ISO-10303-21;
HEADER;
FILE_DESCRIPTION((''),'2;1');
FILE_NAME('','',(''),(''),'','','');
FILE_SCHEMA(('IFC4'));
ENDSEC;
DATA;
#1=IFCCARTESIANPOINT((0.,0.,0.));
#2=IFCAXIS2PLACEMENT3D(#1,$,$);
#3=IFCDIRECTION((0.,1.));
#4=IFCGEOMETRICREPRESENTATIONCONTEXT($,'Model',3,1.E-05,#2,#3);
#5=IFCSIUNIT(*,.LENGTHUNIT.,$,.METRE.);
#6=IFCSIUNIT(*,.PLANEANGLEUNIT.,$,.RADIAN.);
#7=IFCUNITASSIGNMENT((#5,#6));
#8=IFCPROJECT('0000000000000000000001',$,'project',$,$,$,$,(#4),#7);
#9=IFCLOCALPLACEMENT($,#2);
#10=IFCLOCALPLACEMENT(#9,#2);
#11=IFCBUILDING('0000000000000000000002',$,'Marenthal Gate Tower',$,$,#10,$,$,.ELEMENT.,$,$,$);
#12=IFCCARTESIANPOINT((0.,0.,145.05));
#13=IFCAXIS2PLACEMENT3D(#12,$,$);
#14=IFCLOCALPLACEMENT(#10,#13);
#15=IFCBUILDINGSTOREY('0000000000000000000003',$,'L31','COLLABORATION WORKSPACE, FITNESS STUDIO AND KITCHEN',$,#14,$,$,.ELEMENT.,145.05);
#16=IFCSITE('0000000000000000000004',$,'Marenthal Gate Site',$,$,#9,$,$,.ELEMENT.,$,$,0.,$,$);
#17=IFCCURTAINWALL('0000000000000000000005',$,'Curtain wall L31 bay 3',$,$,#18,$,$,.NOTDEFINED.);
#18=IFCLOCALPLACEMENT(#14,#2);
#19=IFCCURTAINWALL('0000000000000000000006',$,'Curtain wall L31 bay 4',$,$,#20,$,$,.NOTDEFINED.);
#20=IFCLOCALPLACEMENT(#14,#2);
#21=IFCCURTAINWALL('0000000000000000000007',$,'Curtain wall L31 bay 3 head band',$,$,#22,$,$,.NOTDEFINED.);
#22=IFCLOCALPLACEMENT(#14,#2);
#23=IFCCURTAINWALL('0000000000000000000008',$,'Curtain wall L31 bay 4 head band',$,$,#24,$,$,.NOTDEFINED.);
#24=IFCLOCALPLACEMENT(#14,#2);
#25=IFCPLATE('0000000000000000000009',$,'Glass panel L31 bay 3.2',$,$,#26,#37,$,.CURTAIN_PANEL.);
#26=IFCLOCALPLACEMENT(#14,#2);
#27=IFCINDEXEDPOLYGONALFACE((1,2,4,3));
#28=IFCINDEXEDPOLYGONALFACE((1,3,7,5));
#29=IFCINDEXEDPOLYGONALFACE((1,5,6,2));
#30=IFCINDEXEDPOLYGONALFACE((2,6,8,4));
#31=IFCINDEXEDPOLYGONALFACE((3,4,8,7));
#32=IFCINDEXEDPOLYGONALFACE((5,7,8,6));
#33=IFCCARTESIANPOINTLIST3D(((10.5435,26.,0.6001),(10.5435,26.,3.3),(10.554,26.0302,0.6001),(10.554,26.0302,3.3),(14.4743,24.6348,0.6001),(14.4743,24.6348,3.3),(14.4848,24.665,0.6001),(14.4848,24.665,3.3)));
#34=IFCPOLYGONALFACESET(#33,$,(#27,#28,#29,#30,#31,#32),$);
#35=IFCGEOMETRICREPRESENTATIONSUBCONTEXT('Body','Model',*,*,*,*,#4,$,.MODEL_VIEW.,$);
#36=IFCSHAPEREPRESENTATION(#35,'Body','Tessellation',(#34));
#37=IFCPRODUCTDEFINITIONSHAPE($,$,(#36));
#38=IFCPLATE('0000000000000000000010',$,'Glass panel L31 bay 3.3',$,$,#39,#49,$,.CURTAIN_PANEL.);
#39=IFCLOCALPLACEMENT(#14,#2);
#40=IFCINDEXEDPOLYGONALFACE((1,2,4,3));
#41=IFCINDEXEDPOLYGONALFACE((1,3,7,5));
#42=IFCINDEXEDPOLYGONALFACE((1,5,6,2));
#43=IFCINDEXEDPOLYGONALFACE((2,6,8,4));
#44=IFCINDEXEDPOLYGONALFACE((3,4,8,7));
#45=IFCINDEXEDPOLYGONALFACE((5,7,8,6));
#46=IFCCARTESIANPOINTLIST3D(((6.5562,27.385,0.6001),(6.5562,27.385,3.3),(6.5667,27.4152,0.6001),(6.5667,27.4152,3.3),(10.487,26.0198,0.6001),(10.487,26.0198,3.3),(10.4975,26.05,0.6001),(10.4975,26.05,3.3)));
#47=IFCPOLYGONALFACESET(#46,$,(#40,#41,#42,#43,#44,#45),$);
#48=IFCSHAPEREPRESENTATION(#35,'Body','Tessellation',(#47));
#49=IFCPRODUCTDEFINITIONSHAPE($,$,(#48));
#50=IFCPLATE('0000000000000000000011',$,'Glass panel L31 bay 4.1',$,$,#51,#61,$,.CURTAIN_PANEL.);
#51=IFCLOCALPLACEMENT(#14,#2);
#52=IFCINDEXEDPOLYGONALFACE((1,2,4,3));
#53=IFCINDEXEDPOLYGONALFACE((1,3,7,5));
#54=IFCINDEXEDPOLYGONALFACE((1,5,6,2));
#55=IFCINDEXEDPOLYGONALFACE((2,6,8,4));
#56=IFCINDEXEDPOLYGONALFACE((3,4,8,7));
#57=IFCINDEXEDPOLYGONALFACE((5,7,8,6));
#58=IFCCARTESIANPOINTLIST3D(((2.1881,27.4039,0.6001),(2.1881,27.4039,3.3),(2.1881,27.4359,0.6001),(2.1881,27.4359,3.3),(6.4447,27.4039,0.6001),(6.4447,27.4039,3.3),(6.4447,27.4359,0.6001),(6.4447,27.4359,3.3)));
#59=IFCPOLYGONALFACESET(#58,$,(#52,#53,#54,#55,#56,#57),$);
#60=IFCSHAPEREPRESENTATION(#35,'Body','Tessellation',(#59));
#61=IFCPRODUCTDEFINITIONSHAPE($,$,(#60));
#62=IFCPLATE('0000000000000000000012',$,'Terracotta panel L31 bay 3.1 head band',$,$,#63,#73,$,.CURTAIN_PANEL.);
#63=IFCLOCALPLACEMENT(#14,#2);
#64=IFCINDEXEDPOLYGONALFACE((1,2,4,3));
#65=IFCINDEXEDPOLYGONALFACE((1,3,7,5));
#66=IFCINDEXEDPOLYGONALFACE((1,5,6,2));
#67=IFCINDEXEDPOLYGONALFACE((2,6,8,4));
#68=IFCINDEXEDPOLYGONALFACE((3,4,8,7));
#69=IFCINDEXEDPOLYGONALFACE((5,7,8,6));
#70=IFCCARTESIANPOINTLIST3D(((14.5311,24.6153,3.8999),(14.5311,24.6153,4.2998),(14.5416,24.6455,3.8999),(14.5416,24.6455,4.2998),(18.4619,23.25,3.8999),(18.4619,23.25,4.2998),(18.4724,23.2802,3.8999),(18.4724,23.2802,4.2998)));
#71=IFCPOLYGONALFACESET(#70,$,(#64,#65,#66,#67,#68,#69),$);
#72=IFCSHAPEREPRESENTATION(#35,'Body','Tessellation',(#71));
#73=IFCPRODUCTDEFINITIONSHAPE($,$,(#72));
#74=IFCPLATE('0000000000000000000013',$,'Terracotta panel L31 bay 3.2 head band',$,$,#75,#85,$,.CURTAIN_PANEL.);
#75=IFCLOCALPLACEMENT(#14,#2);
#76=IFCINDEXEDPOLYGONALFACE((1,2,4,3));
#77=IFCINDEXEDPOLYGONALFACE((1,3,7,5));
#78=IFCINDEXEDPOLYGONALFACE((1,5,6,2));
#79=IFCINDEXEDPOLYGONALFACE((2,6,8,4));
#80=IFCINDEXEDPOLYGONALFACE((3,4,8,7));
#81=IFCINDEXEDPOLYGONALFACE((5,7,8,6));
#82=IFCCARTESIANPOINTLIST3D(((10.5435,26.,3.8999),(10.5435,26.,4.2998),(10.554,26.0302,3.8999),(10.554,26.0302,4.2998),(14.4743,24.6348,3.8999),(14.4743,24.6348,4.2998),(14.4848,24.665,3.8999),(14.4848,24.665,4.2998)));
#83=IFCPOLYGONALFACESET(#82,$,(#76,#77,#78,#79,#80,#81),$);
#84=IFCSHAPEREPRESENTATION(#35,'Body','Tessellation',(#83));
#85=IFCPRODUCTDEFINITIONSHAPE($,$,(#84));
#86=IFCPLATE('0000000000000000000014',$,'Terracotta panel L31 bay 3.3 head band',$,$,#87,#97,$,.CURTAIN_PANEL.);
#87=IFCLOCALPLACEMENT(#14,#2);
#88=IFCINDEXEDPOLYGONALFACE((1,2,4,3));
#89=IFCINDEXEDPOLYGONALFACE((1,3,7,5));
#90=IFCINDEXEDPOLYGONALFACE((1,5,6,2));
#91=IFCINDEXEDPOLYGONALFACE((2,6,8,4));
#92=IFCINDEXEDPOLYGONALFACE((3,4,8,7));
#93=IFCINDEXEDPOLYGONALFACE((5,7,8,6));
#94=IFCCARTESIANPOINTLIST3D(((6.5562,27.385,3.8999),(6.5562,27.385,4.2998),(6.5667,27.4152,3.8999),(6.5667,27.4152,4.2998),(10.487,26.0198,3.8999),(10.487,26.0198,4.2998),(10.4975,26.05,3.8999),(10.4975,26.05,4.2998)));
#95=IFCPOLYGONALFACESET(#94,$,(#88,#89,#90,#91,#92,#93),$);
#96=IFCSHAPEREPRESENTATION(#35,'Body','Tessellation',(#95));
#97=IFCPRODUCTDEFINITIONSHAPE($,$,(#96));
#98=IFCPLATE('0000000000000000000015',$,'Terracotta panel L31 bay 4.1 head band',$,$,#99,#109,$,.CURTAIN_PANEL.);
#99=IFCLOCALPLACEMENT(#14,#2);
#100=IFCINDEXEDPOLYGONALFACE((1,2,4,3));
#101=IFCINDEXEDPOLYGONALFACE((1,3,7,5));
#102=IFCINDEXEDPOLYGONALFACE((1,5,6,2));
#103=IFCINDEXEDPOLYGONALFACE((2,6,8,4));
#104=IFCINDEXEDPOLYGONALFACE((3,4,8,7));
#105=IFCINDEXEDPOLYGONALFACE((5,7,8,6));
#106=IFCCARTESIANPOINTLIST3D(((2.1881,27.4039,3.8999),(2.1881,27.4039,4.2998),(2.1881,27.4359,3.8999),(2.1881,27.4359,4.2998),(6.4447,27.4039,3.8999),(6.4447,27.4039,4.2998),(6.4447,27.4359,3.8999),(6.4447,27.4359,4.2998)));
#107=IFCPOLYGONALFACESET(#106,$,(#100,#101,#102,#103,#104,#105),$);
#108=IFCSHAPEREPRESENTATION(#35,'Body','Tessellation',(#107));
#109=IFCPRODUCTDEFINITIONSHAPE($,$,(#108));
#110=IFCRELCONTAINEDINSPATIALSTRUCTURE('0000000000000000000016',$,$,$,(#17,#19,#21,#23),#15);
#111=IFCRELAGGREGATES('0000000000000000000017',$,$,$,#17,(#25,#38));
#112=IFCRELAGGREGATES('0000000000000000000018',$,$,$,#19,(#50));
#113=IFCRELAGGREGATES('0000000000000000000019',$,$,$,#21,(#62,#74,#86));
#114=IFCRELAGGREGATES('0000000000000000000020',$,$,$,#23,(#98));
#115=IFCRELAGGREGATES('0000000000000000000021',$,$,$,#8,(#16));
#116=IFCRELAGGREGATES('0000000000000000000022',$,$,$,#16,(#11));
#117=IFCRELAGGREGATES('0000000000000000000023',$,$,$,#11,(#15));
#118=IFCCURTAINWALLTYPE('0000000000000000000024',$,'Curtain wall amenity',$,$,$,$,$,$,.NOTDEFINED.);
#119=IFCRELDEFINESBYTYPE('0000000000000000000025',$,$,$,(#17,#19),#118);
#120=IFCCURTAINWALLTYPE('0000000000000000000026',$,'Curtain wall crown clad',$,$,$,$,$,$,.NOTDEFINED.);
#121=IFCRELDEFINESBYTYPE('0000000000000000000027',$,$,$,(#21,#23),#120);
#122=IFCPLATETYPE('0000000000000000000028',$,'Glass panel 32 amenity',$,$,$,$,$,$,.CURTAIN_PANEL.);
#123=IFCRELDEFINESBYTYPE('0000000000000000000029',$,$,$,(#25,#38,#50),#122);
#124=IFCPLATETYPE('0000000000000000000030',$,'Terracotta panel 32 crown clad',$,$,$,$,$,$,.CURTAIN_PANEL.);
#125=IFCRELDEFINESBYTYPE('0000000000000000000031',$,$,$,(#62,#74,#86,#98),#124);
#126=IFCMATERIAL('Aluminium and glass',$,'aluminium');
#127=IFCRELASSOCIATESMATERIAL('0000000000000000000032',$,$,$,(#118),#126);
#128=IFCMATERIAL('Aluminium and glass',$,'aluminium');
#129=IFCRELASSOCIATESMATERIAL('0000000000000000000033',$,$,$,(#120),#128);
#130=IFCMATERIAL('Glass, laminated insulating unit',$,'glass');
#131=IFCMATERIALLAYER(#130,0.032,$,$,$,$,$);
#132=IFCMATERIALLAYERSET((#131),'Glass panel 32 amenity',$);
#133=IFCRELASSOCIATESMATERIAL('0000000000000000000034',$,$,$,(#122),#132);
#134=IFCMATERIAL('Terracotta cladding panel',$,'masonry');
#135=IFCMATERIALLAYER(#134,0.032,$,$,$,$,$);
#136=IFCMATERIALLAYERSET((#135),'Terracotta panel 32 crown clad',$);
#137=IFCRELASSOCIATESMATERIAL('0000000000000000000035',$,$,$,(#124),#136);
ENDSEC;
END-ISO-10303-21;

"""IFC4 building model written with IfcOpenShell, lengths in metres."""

from ifc_helpers import new_model, si_unit, direction, frame, origin, origin_2d, place, context, subcontext, project, spatial, rectangle, extrude, material, layer, layer_set, type_object, element, aggregate, save


model = new_model("IFC4")

# Units and contexts
model_context = context("Model", 3, precision=1e-05, world=origin(), true_north=direction((0.0, 1.0)))
body_context = subcontext(model_context, "Body", "Model", "MODEL_VIEW")
ifc_project = project(units=[si_unit("LENGTHUNIT", "METRE"), si_unit("PLANEANGLEUNIT", "RADIAN")], contexts=[model_context])

# Site, building, storey
site_placement = place(None, origin())
site = spatial("IfcSite", under=ifc_project, at=site_placement, Name="Marenthal Gate Site", CompositionType="ELEMENT", RefElevation=0.0)
building_placement = place(site_placement, origin())
building = spatial("IfcBuilding", under=site, at=building_placement, Name="Marenthal Gate Tower", CompositionType="ELEMENT")
storey_placement = place(building_placement, frame((0.0, 0.0, 145.05)))
storey = spatial("IfcBuildingStorey", under=building, at=storey_placement, Name="L31", Description="COLLABORATION WORKSPACE, FITNESS STUDIO AND KITCHEN", CompositionType="ELEMENT", Elevation=145.05)

# Curtain walls
ifc_material_1 = material(Name="Aluminium and glass", Category="aluminium")
curtain_wall_type_1 = type_object("IfcCurtainWallType", Name="Curtain wall amenity", PredefinedType="NOTDEFINED", material=ifc_material_1)
curtain_wall_1_placement = place(storey_placement, origin())
curtain_wall_1 = element("IfcCurtainWall", 1, at=curtain_wall_1_placement, inside=storey, type_object=curtain_wall_type_1, Name="Curtain wall L31 bay 3", PredefinedType="NOTDEFINED")
curtain_wall_2_placement = place(storey_placement, origin())
curtain_wall_2 = element("IfcCurtainWall", 2, at=curtain_wall_2_placement, inside=storey, type_object=curtain_wall_type_1, Name="Curtain wall L31 bay 4", PredefinedType="NOTDEFINED")
ifc_material_2 = material(Name="Aluminium and glass", Category="aluminium")
curtain_wall_type_2 = type_object("IfcCurtainWallType", Name="Curtain wall crown clad", PredefinedType="NOTDEFINED", material=ifc_material_2)
curtain_wall_3_placement = place(storey_placement, origin())
curtain_wall_3 = element("IfcCurtainWall", 3, at=curtain_wall_3_placement, inside=storey, type_object=curtain_wall_type_2, Name="Curtain wall L31 bay 3 head band", PredefinedType="NOTDEFINED")
curtain_wall_4_placement = place(storey_placement, origin())
curtain_wall_4 = element("IfcCurtainWall", 4, at=curtain_wall_4_placement, inside=storey, type_object=curtain_wall_type_2, Name="Curtain wall L31 bay 4 head band", PredefinedType="NOTDEFINED")

# Plates
ifc_material_3 = material(Name="Glass, laminated insulating unit", Category="glass")
ifc_layer_1 = layer(ifc_material_3, 0.032)
ifc_layer_set_1 = layer_set([ifc_layer_1], Name="Glass panel 32 amenity")
plate_type_1 = type_object("IfcPlateType", Name="Glass panel 32 amenity", PredefinedType="CURTAIN_PANEL", material=ifc_layer_set_1)
plate_1_placement = place(storey_placement, frame((12.5142, 25.3325, 0.6001), z_axis=(0.0, 0.0, 1.0), x_axis=(-0.944647, 0.328089, 0.0)))
plate_1 = element("IfcPlate", 5, at=plate_1_placement, type_object=plate_type_1, Name="Glass panel L31 bay 3.2", PredefinedType="CURTAIN_PANEL", context=body_context, shape_type="SweptSolid", body=[
    extrude(rectangle(XDim=4.1611, YDim=0.032, at=origin_2d()), origin(), (0.0, 0.0, 1.0), 2.7),
])
plate_2_placement = place(storey_placement, frame((8.5269, 26.7175, 0.6001), z_axis=(0.0, 0.0, 1.0), x_axis=(-0.944647, 0.328089, 0.0)))
plate_2 = element("IfcPlate", 6, at=plate_2_placement, type_object=plate_type_1, Name="Glass panel L31 bay 3.3", PredefinedType="CURTAIN_PANEL", context=body_context, shape_type="SweptSolid", body=[
    extrude(rectangle(XDim=4.1611, YDim=0.032, at=origin_2d()), origin(), (0.0, 0.0, 1.0), 2.7),
])
aggregate(curtain_wall_1, [plate_1, plate_2])
plate_3_placement = place(storey_placement, frame((4.3164, 27.4199, 0.6001), z_axis=(0.0, 0.0, 1.0), x_axis=(-1.0, 0.0, 0.0)))
plate_3 = element("IfcPlate", 7, at=plate_3_placement, type_object=plate_type_1, Name="Glass panel L31 bay 4.1", PredefinedType="CURTAIN_PANEL", context=body_context, shape_type="SweptSolid", body=[
    extrude(rectangle(XDim=4.2566, YDim=0.032, at=origin_2d()), origin(), (0.0, 0.0, 1.0), 2.7),
])
aggregate(curtain_wall_2, [plate_3])
ifc_material_4 = material(Name="Terracotta cladding panel", Category="masonry")
ifc_layer_2 = layer(ifc_material_4, 0.032)
ifc_layer_set_2 = layer_set([ifc_layer_2], Name="Terracotta panel 32 crown clad")
plate_type_2 = type_object("IfcPlateType", Name="Terracotta panel 32 crown clad", PredefinedType="CURTAIN_PANEL", material=ifc_layer_set_2)
plate_4_placement = place(storey_placement, frame((16.5017, 23.9478, 3.8999), z_axis=(0.0, 0.0, 1.0), x_axis=(-0.944647, 0.328089, 0.0)))
plate_4 = element("IfcPlate", 8, at=plate_4_placement, type_object=plate_type_2, Name="Terracotta panel L31 bay 3.1 head band", PredefinedType="CURTAIN_PANEL", context=body_context, shape_type="SweptSolid", body=[
    extrude(rectangle(XDim=4.1611, YDim=0.032, at=origin_2d()), origin(), (0.0, 0.0, 1.0), 0.3999),
])
plate_5_placement = place(storey_placement, frame((12.5142, 25.3325, 3.8999), z_axis=(0.0, 0.0, 1.0), x_axis=(-0.944647, 0.328089, 0.0)))
plate_5 = element("IfcPlate", 9, at=plate_5_placement, type_object=plate_type_2, Name="Terracotta panel L31 bay 3.2 head band", PredefinedType="CURTAIN_PANEL", context=body_context, shape_type="SweptSolid", body=[
    extrude(rectangle(XDim=4.1611, YDim=0.032, at=origin_2d()), origin(), (0.0, 0.0, 1.0), 0.3999),
])
plate_6_placement = place(storey_placement, frame((8.5269, 26.7175, 3.8999), z_axis=(0.0, 0.0, 1.0), x_axis=(-0.944647, 0.328089, 0.0)))
plate_6 = element("IfcPlate", 10, at=plate_6_placement, type_object=plate_type_2, Name="Terracotta panel L31 bay 3.3 head band", PredefinedType="CURTAIN_PANEL", context=body_context, shape_type="SweptSolid", body=[
    extrude(rectangle(XDim=4.1611, YDim=0.032, at=origin_2d()), origin(), (0.0, 0.0, 1.0), 0.3999),
])
aggregate(curtain_wall_3, [plate_4, plate_5, plate_6])
plate_7_placement = place(storey_placement, frame((4.3164, 27.4199, 3.8999), z_axis=(0.0, 0.0, 1.0), x_axis=(-1.0, 0.0, 0.0)))
plate_7 = element("IfcPlate", 11, at=plate_7_placement, type_object=plate_type_2, Name="Terracotta panel L31 bay 4.1 head band", PredefinedType="CURTAIN_PANEL", context=body_context, shape_type="SweptSolid", body=[
    extrude(rectangle(XDim=4.2566, YDim=0.032, at=origin_2d()), origin(), (0.0, 0.0, 1.0), 0.3999),
])
aggregate(curtain_wall_4, [plate_7])

save(model, "model.ifc")
